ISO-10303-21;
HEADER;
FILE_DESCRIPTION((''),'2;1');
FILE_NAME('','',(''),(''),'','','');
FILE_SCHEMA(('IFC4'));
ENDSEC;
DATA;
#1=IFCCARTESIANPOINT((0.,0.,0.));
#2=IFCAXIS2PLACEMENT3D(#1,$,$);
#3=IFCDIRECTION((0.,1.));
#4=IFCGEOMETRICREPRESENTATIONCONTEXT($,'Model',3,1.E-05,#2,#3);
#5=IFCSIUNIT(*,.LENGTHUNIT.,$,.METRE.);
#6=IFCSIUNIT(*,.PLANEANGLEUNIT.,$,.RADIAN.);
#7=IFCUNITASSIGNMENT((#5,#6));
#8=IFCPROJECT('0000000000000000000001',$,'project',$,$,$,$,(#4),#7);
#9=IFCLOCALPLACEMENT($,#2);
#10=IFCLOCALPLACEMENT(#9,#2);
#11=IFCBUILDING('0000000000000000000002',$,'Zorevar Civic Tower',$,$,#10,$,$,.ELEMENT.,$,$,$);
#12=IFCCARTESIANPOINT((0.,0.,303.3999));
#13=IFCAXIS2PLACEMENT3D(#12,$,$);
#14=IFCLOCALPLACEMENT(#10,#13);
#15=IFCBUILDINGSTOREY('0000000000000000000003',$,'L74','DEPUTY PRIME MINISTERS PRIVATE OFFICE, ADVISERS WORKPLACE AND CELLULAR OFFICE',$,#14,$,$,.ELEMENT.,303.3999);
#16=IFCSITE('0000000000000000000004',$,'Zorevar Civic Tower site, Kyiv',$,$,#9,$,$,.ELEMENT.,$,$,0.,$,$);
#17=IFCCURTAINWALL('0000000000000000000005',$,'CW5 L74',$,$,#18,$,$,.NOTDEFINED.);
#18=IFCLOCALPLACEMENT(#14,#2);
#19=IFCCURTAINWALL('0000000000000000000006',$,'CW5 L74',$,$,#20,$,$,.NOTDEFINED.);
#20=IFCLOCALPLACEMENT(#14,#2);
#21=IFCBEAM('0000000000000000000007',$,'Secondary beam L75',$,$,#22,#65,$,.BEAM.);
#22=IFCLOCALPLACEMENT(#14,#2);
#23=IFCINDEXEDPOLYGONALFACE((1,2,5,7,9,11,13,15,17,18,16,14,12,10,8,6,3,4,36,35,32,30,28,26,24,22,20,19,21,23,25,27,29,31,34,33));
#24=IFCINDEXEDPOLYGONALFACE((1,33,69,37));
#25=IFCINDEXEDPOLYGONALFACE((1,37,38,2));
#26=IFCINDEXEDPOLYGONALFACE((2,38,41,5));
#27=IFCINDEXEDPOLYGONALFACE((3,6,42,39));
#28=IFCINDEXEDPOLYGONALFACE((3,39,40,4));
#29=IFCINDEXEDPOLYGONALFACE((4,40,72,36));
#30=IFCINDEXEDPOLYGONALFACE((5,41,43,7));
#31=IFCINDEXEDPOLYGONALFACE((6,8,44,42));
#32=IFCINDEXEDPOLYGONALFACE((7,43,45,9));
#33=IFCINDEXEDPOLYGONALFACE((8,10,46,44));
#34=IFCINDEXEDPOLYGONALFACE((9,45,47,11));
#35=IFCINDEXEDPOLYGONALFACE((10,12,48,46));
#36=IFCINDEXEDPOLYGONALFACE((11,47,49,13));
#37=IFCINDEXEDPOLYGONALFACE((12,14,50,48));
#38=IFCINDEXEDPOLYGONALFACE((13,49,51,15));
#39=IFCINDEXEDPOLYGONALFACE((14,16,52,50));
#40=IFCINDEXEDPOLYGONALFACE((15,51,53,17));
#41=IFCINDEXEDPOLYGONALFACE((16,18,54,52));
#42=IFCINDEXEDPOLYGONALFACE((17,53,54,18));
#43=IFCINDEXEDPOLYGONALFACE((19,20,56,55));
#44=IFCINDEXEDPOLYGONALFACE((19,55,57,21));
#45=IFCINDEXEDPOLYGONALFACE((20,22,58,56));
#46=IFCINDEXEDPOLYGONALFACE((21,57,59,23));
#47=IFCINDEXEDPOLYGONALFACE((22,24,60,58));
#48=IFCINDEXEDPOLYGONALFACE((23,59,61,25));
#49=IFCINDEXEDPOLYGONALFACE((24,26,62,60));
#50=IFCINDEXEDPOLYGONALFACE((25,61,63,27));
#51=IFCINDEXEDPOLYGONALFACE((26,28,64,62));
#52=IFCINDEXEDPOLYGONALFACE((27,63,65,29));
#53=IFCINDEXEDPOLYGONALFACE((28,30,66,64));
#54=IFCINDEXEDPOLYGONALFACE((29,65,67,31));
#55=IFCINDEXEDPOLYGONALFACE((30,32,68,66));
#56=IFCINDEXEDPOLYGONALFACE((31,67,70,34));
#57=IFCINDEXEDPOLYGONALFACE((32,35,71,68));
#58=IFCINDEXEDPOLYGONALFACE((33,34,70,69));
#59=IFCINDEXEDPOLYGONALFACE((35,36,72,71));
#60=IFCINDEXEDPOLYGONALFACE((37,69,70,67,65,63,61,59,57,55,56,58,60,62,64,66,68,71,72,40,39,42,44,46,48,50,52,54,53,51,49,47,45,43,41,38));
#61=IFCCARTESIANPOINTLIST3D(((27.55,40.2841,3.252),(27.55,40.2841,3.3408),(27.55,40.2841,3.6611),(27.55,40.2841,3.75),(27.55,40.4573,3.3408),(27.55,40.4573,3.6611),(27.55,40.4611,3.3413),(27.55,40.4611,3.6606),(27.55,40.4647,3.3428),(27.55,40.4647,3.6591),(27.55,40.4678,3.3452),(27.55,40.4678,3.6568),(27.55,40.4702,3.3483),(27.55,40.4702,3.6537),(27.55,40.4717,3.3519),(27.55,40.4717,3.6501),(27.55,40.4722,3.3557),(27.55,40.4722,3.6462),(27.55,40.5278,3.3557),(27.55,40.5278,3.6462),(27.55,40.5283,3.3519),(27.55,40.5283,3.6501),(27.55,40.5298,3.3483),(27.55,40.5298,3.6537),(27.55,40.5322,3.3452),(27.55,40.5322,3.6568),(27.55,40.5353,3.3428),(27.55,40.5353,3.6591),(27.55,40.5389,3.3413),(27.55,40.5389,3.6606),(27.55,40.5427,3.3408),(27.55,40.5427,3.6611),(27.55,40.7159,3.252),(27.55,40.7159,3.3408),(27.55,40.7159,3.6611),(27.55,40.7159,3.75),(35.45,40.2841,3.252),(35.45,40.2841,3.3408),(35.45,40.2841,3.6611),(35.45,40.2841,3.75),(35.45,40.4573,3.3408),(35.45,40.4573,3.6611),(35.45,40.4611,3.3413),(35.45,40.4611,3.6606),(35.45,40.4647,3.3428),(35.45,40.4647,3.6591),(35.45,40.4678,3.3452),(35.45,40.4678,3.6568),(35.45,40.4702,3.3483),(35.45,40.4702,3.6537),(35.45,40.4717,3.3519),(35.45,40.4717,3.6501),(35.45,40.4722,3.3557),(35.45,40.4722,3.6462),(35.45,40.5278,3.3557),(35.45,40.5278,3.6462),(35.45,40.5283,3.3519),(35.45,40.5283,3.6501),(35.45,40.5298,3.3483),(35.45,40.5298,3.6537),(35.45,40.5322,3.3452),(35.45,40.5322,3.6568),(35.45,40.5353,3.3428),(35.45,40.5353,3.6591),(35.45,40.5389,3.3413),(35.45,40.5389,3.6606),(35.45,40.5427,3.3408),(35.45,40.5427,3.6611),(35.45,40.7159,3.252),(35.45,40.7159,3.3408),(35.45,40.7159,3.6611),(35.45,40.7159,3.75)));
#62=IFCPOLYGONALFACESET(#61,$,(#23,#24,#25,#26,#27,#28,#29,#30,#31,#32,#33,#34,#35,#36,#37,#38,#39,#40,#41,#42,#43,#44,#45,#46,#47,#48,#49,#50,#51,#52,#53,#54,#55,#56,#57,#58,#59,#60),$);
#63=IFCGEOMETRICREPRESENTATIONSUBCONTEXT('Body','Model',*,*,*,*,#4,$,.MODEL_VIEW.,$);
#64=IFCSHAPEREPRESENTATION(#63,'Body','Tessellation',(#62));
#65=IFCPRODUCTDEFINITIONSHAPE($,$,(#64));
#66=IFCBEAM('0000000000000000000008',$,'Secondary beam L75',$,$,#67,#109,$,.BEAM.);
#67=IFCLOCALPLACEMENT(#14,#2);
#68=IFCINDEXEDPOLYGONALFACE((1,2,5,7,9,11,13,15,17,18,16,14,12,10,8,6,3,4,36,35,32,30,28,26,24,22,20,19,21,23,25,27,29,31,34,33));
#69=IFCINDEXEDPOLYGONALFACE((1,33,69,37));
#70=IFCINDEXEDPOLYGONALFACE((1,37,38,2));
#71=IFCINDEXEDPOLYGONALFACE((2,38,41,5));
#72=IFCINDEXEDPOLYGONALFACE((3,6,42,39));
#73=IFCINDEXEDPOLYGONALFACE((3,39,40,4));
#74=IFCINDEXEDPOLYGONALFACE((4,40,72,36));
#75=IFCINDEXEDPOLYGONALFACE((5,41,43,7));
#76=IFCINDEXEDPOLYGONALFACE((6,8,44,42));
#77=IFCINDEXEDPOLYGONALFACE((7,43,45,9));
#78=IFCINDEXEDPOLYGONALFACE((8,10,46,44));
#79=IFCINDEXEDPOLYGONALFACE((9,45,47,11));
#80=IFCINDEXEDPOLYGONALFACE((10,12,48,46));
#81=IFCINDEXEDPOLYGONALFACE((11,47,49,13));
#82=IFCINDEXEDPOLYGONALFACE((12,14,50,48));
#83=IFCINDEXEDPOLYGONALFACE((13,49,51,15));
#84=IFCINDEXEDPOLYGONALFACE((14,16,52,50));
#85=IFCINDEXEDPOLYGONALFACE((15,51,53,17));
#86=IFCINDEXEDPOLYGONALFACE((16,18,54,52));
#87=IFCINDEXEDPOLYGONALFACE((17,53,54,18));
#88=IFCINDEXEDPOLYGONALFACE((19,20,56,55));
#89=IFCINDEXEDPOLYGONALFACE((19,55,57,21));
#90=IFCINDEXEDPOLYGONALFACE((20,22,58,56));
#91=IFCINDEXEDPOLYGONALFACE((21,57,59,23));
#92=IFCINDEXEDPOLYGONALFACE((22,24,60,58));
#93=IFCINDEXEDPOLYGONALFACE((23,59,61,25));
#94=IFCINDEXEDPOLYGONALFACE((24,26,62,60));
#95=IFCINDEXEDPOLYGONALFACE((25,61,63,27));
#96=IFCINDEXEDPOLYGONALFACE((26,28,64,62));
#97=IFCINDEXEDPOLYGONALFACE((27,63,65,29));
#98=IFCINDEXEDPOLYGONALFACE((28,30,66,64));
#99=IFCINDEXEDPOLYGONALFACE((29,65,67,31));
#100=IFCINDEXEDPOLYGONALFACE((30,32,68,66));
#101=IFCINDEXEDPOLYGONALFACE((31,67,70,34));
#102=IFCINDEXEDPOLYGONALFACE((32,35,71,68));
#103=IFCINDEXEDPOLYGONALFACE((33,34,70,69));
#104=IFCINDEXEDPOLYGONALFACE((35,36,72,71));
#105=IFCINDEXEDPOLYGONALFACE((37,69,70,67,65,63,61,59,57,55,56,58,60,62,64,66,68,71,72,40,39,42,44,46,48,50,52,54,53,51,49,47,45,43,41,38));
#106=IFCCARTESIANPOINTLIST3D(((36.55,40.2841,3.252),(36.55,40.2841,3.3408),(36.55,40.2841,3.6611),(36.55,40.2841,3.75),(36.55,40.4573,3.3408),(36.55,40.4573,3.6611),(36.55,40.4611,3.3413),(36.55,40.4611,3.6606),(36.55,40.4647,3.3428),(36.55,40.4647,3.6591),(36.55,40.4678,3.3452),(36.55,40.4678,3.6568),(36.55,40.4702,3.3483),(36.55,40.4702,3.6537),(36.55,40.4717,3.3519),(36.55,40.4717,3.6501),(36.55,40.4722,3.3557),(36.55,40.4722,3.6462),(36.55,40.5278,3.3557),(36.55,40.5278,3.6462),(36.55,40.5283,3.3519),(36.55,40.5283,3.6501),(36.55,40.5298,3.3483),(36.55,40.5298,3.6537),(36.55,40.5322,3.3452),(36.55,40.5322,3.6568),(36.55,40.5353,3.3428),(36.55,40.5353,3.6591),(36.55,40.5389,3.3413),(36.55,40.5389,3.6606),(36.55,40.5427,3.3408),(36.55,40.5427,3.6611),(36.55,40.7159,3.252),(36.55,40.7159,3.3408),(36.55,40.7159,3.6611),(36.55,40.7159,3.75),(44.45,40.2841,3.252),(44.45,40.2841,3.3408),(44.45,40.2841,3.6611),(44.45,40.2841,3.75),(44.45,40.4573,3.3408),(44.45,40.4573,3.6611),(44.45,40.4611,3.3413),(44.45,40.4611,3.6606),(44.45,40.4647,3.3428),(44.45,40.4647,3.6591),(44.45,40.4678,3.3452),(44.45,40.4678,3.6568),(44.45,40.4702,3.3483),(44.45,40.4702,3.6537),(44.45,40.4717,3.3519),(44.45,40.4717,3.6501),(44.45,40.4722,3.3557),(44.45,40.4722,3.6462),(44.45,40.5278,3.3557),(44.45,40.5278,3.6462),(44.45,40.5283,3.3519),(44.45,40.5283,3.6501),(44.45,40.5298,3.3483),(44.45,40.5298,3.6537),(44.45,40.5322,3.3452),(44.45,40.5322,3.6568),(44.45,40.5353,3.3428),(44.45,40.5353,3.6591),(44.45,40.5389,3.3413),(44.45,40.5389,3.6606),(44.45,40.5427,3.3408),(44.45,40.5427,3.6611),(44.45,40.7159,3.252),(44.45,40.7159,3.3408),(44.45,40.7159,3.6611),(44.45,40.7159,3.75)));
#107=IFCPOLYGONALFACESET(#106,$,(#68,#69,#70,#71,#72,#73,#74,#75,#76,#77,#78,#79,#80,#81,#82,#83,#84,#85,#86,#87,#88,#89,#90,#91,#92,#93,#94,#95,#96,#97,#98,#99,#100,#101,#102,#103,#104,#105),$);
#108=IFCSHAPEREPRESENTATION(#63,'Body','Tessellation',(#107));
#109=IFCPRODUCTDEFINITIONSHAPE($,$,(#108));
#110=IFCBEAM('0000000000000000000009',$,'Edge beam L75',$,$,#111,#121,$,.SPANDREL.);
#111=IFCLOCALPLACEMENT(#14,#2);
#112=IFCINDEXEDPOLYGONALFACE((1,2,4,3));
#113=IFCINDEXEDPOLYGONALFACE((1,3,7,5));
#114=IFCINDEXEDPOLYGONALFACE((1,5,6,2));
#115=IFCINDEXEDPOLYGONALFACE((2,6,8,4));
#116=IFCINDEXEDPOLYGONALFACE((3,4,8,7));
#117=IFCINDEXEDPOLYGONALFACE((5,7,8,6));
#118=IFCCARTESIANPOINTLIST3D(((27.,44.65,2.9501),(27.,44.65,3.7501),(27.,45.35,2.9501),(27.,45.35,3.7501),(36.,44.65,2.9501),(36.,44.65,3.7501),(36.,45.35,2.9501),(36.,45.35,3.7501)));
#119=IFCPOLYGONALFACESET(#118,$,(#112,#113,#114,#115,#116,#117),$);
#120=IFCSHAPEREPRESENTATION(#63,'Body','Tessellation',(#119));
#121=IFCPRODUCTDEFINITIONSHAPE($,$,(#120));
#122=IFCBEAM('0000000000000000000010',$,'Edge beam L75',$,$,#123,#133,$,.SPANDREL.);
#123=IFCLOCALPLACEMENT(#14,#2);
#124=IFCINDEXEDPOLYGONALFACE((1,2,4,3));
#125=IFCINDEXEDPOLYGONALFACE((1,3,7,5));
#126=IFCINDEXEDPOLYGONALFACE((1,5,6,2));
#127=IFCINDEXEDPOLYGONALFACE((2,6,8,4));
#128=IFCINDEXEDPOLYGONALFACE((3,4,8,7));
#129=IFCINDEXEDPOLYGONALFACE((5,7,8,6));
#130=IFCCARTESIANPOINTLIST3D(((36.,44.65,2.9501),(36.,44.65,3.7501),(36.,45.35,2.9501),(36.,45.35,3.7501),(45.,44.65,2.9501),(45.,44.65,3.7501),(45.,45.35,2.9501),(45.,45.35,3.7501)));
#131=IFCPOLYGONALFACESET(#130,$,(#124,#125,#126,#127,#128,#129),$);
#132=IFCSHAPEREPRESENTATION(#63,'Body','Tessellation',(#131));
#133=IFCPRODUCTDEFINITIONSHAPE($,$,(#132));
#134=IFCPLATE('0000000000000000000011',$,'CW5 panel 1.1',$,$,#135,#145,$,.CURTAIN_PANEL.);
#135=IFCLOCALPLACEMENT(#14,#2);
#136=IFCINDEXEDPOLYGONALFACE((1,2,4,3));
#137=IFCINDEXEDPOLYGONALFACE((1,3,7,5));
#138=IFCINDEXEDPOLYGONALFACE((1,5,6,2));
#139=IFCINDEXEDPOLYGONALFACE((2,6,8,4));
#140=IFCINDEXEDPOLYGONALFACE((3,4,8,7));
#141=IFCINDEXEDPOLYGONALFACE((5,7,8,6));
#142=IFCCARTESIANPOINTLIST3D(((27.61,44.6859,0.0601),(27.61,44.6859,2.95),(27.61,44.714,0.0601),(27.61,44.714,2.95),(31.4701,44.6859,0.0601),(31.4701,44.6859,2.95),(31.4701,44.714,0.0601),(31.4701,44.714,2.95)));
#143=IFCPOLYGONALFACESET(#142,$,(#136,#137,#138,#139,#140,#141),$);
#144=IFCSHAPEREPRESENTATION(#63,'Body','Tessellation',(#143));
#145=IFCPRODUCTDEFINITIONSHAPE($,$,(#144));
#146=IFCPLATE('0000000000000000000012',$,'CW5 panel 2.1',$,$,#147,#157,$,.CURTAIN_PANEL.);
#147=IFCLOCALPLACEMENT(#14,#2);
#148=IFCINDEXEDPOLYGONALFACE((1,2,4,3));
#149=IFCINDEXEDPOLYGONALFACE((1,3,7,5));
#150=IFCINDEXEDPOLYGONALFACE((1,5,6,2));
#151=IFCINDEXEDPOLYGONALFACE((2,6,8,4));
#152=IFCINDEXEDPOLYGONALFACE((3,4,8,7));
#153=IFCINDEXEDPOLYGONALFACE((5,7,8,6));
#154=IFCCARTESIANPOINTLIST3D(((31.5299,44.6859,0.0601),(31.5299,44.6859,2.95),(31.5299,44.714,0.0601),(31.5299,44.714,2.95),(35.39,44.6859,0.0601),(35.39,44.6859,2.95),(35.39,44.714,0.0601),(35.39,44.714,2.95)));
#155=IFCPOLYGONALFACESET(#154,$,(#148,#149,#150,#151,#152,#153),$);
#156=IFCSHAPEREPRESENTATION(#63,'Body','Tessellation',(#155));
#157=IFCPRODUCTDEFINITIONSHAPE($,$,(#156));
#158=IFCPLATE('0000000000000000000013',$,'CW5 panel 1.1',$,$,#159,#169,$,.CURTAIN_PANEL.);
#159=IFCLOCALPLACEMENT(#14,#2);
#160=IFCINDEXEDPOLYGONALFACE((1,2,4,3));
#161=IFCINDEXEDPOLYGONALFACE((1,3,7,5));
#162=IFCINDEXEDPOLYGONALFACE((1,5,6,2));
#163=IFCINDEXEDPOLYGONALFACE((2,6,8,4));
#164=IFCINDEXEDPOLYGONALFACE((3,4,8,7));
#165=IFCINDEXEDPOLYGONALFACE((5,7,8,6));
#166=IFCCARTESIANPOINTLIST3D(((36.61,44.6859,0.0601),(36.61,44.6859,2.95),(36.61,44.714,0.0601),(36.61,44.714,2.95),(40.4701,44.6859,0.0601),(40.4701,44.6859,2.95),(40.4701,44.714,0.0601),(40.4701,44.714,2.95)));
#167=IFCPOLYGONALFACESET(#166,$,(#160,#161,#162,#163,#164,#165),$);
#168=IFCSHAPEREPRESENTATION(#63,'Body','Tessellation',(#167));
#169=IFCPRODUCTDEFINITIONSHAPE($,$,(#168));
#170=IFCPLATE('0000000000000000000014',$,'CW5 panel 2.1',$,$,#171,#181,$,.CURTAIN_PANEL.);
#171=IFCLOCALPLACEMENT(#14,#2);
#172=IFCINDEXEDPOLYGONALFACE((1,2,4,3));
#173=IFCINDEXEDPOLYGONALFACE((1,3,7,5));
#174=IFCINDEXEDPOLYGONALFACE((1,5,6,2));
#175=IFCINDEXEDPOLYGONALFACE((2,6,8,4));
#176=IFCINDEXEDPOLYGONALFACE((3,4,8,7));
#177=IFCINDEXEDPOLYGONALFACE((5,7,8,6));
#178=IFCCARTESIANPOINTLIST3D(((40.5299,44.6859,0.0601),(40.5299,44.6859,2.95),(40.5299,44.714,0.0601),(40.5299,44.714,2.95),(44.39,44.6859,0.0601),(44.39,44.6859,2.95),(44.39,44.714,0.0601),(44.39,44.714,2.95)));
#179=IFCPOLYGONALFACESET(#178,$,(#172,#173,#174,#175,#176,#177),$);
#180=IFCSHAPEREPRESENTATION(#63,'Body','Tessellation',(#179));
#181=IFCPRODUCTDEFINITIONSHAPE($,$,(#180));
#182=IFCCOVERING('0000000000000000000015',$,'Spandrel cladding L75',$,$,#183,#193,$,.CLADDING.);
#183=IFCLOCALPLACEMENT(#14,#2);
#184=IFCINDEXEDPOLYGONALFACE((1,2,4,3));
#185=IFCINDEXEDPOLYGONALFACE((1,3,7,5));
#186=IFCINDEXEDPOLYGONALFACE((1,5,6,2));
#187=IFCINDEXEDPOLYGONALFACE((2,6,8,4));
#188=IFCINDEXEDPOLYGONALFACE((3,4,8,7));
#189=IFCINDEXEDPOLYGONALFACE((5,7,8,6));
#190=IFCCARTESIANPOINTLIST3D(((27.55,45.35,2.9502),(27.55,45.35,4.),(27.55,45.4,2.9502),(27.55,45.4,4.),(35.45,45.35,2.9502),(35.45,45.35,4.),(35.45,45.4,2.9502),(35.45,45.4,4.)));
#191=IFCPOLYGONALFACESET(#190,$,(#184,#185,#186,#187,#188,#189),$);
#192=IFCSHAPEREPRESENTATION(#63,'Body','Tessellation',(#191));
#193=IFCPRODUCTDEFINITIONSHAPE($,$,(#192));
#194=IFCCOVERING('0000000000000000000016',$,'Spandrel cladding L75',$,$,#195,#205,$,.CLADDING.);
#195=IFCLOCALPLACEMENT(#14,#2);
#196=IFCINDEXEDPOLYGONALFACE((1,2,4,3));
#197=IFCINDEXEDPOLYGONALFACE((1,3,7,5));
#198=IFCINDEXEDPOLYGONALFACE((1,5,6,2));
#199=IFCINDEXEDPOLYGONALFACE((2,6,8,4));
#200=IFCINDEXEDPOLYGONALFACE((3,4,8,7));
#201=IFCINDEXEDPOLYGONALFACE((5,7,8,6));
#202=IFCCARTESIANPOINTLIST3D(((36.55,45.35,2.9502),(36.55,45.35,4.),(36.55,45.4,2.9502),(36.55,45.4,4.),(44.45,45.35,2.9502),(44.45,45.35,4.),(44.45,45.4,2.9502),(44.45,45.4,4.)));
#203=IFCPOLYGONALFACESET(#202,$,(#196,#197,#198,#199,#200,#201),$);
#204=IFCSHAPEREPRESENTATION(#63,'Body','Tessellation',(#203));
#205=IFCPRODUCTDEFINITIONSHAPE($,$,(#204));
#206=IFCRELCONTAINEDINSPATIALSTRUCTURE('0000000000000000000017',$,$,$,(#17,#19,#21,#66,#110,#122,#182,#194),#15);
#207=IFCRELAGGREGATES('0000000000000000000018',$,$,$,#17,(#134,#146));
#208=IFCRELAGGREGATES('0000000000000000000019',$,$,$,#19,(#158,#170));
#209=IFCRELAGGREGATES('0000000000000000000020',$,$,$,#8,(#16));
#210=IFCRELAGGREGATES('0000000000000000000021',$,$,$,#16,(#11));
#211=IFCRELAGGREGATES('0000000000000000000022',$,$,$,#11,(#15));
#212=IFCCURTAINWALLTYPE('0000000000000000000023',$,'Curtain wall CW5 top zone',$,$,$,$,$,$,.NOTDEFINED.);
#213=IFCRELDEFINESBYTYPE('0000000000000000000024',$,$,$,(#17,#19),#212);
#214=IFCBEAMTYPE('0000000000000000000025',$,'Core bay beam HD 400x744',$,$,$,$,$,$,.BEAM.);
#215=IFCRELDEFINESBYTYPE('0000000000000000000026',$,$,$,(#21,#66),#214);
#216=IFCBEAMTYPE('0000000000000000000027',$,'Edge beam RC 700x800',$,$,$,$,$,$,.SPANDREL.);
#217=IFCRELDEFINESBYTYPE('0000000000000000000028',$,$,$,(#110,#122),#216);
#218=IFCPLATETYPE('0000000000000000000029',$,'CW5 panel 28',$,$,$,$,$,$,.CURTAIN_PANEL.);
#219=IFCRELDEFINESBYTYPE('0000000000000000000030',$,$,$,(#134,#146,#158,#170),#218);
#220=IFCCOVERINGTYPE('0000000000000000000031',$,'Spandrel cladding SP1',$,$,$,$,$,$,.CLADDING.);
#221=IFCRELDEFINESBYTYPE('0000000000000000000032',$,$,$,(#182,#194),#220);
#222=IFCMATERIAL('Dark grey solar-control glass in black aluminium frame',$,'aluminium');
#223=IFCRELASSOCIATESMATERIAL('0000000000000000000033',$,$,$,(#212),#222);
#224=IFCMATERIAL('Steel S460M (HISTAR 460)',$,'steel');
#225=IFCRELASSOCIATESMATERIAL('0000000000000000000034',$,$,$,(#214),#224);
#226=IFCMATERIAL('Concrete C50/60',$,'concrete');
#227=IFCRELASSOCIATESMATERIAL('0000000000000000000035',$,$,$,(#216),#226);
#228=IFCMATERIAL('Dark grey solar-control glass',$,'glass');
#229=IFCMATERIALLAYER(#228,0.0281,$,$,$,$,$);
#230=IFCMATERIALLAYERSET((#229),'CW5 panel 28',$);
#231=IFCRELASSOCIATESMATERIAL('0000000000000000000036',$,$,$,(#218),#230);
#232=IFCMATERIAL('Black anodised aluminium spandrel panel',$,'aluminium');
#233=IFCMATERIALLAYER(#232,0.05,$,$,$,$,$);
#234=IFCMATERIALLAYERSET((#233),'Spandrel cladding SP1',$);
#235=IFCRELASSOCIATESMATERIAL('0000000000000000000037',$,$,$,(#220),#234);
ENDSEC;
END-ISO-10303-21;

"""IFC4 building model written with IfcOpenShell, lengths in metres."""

from ifc_helpers import new_model, si_unit, direction, frame, frame_2d, origin, origin_2d, place, context, subcontext, project, spatial, rectangle, i_section, extrude, material, layer, layer_set, material_profile, profile_set, type_object, element, aggregate, save


model = new_model("IFC4")

# Units and contexts
model_context = context("Model", 3, precision=1e-05, world=origin(), true_north=direction((0.0, 1.0)))
body_context = subcontext(model_context, "Body", "Model", "MODEL_VIEW")
ifc_project = project(units=[si_unit("LENGTHUNIT", "METRE"), si_unit("PLANEANGLEUNIT", "RADIAN")], contexts=[model_context])

# Site, building, storey
site_placement = place(None, origin())
site = spatial("IfcSite", under=ifc_project, at=site_placement, Name="Zorevar Civic Tower site, Kyiv", CompositionType="ELEMENT", RefElevation=0.0)
building_placement = place(site_placement, origin())
building = spatial("IfcBuilding", under=site, at=building_placement, Name="Zorevar Civic Tower", CompositionType="ELEMENT")
storey_placement = place(building_placement, frame((0.0, 0.0, 303.3999)))
storey = spatial("IfcBuildingStorey", under=building, at=storey_placement, Name="L74", Description="DEPUTY PRIME MINISTERS PRIVATE OFFICE, ADVISERS WORKPLACE AND CELLULAR OFFICE", CompositionType="ELEMENT", Elevation=303.3999)

# Shared definitions
ifc_material_1 = material(Name="Dark grey solar-control glass in black aluminium frame", Category="aluminium")
curtain_wall_type = type_object("IfcCurtainWallType", Name="Curtain wall CW5 top zone", PredefinedType="NOTDEFINED", material=ifc_material_1)

# Curtain walls
curtain_wall_1_placement = place(storey_placement, origin())
curtain_wall_1 = element("IfcCurtainWall", 1, at=curtain_wall_1_placement, inside=storey, type_object=curtain_wall_type, Name="CW5 L74", PredefinedType="NOTDEFINED")
curtain_wall_2_placement = place(storey_placement, origin())
curtain_wall_2 = element("IfcCurtainWall", 2, at=curtain_wall_2_placement, inside=storey, type_object=curtain_wall_type, Name="CW5 L74", PredefinedType="NOTDEFINED")

# Beams
ifc_material_2 = material(Name="Steel S460M (HISTAR 460)", Category="steel")
ifc_material_profile_1 = material_profile(ifc_material_2, i_section(OverallWidth=0.4319, OverallDepth=0.498, WebThickness=0.0557, FlangeThickness=0.0889, FilletRadius=0.0149, at=origin_2d()), Name="HD 400x744")
ifc_profile_set_1 = profile_set([ifc_material_profile_1], Name="Steel S460M (HISTAR 460)")
beam_type_1 = type_object("IfcBeamType", Name="Core bay beam HD 400x744", PredefinedType="BEAM", material=ifc_profile_set_1)
for number, where, z_axis, x_axis, name in (
    (3, (27.55, 40.5, 3.501), (1.0, 0.0, 0.0), (0.0, 1.0, 0.0), "Secondary beam L75"),
    (4, (36.55, 40.5, 3.501), (1.0, 0.0, 0.0), (0.0, 1.0, 0.0), "Secondary beam L75"),
):
    element("IfcBeam", number, at=place(storey_placement, frame(where, z_axis=z_axis, x_axis=x_axis)), inside=storey, type_object=beam_type_1, Name=name, PredefinedType="BEAM", context=body_context, shape_type="SweptSolid", body=[
        extrude(i_section(OverallWidth=0.4319, OverallDepth=0.498, WebThickness=0.0557, FlangeThickness=0.0889, FilletRadius=0.0149, at=origin_2d()), origin(), (0.0, 0.0, 1.0), 7.8999),
    ])
ifc_material_3 = material(Name="Concrete C50/60", Category="concrete")
ifc_material_profile_2 = material_profile(ifc_material_3, rectangle(XDim=0.7, YDim=0.8, at=origin_2d()), Name="RC 700x800")
ifc_profile_set_2 = profile_set([ifc_material_profile_2], Name="Concrete C50/60")
beam_type_2 = type_object("IfcBeamType", Name="Edge beam RC 700x800", PredefinedType="SPANDREL", material=ifc_profile_set_2)
for number, where, z_axis, x_axis, name in (
    (5, (27.0, 45.0, 3.3501), (1.0, 0.0, 0.0), (0.0, 1.0, 0.0), "Edge beam L75"),
    (6, (36.0, 45.0, 3.3501), (1.0, 0.0, 0.0), (0.0, 1.0, 0.0), "Edge beam L75"),
):
    element("IfcBeam", number, at=place(storey_placement, frame(where, z_axis=z_axis, x_axis=x_axis)), inside=storey, type_object=beam_type_2, Name=name, PredefinedType="SPANDREL", context=body_context, shape_type="SweptSolid", body=[
        extrude(rectangle(XDim=0.7, YDim=0.8, at=origin_2d()), origin(), (0.0, 0.0, 1.0), 9.0),
    ])

# Plates
ifc_material_4 = material(Name="Dark grey solar-control glass", Category="glass")
ifc_layer_1 = layer(ifc_material_4, 0.0281)
ifc_layer_set_1 = layer_set([ifc_layer_1], Name="CW5 panel 28")
plate_type = type_object("IfcPlateType", Name="CW5 panel 28", PredefinedType="CURTAIN_PANEL", material=ifc_layer_set_1)
plate_1_placement = place(storey_placement, frame((29.54, 44.7, 0.0601), z_axis=(0.0, 0.0, 1.0), x_axis=(1.0, 0.0, 0.0)))
plate_1 = element("IfcPlate", 7, at=plate_1_placement, type_object=plate_type, Name="CW5 panel 1.1", PredefinedType="CURTAIN_PANEL", context=body_context, shape_type="SweptSolid", body=[
    extrude(rectangle(XDim=3.8601, YDim=0.0281, at=origin_2d()), origin(), (0.0, 0.0, 1.0), 2.8899),
])
plate_2_placement = place(storey_placement, frame((33.46, 44.7, 0.0601), z_axis=(0.0, 0.0, 1.0), x_axis=(1.0, 0.0, 0.0)))
plate_2 = element("IfcPlate", 8, at=plate_2_placement, type_object=plate_type, Name="CW5 panel 2.1", PredefinedType="CURTAIN_PANEL", context=body_context, shape_type="SweptSolid", body=[
    extrude(rectangle(XDim=3.8601, YDim=0.0281, at=origin_2d()), origin(), (0.0, 0.0, 1.0), 2.8899),
])
aggregate(curtain_wall_1, [plate_1, plate_2])
plate_3_placement = place(storey_placement, frame((38.54, 44.7, 0.0601), z_axis=(0.0, 0.0, 1.0), x_axis=(1.0, 0.0, 0.0)))
plate_3 = element("IfcPlate", 9, at=plate_3_placement, type_object=plate_type, Name="CW5 panel 1.1", PredefinedType="CURTAIN_PANEL", context=body_context, shape_type="SweptSolid", body=[
    extrude(rectangle(XDim=3.8601, YDim=0.0281, at=origin_2d()), origin(), (0.0, 0.0, 1.0), 2.8899),
])
plate_4_placement = place(storey_placement, frame((42.46, 44.7, 0.0601), z_axis=(0.0, 0.0, 1.0), x_axis=(1.0, 0.0, 0.0)))
plate_4 = element("IfcPlate", 10, at=plate_4_placement, type_object=plate_type, Name="CW5 panel 2.1", PredefinedType="CURTAIN_PANEL", context=body_context, shape_type="SweptSolid", body=[
    extrude(rectangle(XDim=3.8601, YDim=0.0281, at=origin_2d()), origin(), (0.0, 0.0, 1.0), 2.8899),
])
aggregate(curtain_wall_2, [plate_3, plate_4])

# Coverings
ifc_material_5 = material(Name="Black anodised aluminium spandrel panel", Category="aluminium")
ifc_layer_2 = layer(ifc_material_5, 0.05)
ifc_layer_set_2 = layer_set([ifc_layer_2], Name="Spandrel cladding SP1")
covering_type = type_object("IfcCoveringType", Name="Spandrel cladding SP1", PredefinedType="CLADDING", material=ifc_layer_set_2)
for number, where, z_axis, x_axis, name in (
    (11, (27.55, 45.375, 2.9502), (0.0, 0.0, 1.0), (1.0, 0.0, 0.0), "Spandrel cladding L75"),
    (12, (36.55, 45.375, 2.9502), (0.0, 0.0, 1.0), (1.0, 0.0, 0.0), "Spandrel cladding L75"),
):
    element("IfcCovering", number, at=place(storey_placement, frame(where, z_axis=z_axis, x_axis=x_axis)), inside=storey, type_object=covering_type, Name=name, PredefinedType="CLADDING", context=body_context, shape_type="SweptSolid", body=[
        extrude(rectangle(XDim=7.8999, YDim=0.05, at=frame_2d((3.95, 0.0))), origin(), (0.0, 0.0, 1.0), 1.0498),
    ])

save(model, "model.ifc")
